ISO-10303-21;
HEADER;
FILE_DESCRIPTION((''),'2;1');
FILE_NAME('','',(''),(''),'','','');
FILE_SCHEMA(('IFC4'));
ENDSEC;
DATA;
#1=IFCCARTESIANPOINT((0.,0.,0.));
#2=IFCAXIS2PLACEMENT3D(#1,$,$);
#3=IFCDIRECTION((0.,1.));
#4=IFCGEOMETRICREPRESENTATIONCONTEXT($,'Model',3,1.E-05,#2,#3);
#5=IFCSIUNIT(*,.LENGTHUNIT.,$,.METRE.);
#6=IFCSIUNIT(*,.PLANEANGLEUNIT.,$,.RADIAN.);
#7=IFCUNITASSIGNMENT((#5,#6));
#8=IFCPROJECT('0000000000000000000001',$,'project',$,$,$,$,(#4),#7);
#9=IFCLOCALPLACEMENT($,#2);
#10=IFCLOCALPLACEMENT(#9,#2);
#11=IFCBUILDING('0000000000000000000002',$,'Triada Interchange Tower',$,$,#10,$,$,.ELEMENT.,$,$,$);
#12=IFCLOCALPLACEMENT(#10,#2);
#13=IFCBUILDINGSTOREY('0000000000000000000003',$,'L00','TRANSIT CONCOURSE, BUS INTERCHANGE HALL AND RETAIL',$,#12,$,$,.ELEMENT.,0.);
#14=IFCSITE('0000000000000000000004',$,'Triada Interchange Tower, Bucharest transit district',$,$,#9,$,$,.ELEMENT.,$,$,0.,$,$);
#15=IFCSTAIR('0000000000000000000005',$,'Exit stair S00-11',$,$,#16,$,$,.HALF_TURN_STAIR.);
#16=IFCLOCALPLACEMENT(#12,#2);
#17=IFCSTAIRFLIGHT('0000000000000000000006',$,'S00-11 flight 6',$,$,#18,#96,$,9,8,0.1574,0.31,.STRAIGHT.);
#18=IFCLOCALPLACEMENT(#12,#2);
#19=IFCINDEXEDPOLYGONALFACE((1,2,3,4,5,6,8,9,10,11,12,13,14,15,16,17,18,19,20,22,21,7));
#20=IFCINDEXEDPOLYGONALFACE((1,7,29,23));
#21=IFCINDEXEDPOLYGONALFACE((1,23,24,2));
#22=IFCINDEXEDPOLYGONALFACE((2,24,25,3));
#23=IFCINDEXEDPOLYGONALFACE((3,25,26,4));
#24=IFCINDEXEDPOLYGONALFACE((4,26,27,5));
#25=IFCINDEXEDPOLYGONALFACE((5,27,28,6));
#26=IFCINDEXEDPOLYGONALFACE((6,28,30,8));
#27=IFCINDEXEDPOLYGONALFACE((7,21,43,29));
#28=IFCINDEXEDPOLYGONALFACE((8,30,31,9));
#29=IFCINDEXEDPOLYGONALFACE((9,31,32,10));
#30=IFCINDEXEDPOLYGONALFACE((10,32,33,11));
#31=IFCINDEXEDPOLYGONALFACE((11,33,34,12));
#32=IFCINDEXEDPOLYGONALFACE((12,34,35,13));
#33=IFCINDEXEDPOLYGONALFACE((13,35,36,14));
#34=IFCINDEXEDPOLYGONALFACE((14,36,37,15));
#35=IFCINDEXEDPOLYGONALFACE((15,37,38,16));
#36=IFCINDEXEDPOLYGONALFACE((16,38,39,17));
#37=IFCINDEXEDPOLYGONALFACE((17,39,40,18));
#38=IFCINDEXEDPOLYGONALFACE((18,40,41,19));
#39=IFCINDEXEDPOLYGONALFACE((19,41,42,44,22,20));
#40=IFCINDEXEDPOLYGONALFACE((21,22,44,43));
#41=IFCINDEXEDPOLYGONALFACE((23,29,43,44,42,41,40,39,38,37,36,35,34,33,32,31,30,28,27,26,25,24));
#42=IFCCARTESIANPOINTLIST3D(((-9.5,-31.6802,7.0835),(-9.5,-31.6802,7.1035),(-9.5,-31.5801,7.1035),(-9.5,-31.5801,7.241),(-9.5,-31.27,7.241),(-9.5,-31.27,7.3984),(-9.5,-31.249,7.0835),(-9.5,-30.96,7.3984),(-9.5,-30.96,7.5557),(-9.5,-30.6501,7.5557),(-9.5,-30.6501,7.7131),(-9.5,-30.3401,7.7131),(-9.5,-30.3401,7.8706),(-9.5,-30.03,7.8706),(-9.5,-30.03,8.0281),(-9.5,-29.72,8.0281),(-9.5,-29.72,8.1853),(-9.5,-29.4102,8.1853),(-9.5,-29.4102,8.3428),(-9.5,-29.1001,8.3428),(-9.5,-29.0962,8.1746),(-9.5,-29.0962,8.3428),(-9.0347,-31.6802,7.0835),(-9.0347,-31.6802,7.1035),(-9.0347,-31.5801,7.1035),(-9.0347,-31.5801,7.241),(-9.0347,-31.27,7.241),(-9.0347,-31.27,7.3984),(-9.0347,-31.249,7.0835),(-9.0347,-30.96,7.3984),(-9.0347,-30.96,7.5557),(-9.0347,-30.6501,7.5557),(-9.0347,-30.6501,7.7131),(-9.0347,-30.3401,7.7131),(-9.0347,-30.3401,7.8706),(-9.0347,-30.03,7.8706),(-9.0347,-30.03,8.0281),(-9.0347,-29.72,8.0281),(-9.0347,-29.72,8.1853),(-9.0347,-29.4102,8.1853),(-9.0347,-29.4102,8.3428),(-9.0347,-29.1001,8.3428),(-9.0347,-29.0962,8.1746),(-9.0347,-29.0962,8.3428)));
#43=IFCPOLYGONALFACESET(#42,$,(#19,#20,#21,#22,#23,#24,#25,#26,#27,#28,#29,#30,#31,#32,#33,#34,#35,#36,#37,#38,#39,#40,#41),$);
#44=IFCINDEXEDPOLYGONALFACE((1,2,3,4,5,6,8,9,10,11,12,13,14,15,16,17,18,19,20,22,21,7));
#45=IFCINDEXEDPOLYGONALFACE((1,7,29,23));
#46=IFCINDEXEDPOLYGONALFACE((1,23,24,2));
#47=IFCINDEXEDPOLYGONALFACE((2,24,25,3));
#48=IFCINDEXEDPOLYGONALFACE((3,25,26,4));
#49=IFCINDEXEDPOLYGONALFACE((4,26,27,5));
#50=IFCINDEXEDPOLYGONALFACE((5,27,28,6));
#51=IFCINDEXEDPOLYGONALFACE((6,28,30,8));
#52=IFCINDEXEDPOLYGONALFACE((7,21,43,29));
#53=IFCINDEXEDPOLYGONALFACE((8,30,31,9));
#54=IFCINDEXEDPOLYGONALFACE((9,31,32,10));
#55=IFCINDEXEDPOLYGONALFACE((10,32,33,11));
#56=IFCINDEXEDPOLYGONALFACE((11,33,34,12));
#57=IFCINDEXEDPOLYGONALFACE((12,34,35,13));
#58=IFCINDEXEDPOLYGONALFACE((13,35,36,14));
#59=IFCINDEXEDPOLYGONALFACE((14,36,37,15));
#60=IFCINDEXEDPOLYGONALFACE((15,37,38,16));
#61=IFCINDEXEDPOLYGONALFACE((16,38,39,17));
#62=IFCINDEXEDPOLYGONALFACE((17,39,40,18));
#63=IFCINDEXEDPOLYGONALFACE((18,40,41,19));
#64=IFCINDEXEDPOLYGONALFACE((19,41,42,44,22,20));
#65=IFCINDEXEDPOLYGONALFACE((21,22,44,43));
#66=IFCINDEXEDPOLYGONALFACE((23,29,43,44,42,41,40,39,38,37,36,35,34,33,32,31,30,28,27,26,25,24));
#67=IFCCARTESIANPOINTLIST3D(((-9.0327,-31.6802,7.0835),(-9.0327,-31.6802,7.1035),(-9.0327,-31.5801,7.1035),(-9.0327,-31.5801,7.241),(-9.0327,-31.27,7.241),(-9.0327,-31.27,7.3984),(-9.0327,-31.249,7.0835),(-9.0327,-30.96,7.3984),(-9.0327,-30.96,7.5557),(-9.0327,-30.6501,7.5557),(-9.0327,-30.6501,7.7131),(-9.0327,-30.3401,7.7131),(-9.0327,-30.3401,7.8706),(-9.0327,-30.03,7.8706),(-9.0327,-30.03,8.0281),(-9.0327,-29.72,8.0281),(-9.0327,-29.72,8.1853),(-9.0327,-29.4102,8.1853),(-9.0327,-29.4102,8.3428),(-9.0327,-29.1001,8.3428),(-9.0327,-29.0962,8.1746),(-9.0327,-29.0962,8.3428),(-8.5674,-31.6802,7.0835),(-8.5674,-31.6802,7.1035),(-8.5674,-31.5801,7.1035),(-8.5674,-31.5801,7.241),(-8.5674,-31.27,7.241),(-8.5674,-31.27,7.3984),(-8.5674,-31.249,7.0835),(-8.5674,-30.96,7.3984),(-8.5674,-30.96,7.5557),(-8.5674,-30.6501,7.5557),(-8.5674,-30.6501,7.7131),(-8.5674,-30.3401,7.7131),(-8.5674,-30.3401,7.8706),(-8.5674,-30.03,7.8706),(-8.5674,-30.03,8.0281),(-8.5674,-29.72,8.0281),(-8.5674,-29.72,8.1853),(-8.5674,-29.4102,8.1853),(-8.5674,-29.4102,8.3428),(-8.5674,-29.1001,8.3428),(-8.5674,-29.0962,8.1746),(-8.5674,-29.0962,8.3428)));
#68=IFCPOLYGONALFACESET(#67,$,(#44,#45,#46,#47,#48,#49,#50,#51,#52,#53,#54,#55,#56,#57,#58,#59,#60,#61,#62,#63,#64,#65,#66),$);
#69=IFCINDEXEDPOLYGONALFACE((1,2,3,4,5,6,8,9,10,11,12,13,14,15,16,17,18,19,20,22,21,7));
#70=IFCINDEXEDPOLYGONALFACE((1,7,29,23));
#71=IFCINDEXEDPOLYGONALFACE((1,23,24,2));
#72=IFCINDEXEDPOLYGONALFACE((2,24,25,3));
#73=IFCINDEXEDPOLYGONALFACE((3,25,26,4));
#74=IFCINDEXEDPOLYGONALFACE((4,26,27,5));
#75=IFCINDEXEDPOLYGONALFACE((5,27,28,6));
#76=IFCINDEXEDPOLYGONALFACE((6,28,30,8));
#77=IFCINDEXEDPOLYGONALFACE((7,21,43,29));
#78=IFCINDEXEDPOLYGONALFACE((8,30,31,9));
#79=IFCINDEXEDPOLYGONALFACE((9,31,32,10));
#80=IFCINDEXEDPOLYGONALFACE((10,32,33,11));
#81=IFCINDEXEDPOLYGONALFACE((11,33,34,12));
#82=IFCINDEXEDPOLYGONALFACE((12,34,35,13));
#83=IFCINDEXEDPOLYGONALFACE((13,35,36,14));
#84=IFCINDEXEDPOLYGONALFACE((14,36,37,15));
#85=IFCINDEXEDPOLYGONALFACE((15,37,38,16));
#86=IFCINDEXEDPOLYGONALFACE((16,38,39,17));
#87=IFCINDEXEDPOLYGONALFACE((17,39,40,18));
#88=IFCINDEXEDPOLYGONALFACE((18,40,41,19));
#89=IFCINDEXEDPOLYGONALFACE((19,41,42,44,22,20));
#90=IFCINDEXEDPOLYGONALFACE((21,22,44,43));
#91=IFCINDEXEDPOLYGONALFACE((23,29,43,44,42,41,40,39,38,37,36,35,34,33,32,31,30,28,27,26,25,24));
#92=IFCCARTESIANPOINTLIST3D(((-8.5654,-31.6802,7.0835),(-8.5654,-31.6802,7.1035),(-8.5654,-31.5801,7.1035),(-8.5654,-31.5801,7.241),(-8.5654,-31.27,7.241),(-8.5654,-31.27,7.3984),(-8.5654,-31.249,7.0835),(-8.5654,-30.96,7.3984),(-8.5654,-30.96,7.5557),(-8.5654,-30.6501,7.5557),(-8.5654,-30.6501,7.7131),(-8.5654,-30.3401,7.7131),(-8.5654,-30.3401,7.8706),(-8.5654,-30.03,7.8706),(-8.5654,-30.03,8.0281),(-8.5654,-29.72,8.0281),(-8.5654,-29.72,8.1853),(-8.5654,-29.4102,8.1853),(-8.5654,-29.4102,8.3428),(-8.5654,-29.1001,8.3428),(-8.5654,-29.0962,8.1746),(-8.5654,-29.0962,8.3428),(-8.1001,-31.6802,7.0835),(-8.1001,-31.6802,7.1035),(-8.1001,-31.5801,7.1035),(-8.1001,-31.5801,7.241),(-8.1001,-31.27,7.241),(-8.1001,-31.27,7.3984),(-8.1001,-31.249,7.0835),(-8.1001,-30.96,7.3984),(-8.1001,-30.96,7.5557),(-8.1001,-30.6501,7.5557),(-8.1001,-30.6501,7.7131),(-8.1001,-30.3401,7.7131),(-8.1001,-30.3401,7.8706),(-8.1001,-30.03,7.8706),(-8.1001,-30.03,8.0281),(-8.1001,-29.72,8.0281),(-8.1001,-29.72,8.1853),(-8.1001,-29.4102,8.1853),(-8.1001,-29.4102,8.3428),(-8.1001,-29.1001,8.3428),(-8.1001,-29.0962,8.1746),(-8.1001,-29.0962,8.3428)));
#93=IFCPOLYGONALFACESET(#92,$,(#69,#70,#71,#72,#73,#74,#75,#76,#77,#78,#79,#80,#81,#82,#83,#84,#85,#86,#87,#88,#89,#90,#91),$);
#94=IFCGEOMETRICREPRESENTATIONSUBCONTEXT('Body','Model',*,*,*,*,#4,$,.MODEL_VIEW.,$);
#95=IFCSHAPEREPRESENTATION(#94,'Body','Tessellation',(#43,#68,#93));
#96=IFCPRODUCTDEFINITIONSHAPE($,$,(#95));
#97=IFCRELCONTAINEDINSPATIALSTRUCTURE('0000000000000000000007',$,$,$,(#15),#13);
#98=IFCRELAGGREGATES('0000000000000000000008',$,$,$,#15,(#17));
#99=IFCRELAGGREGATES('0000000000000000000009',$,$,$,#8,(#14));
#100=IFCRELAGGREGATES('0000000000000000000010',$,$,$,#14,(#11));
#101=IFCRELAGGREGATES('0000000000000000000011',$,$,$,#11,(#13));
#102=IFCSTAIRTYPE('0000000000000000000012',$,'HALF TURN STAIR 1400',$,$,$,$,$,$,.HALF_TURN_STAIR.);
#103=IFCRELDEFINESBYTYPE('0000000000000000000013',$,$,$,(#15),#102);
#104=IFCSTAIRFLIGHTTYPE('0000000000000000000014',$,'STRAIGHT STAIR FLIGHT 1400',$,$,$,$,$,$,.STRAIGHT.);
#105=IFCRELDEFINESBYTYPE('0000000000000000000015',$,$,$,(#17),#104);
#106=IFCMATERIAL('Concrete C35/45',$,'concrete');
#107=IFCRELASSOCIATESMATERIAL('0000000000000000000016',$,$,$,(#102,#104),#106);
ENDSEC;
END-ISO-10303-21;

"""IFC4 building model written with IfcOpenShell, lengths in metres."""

from ifc_helpers import new_model, si_unit, direction, frame, origin, place, context, subcontext, project, spatial, polyline, outline, extrude, material, type_object, element, aggregate, save


model = new_model("IFC4")

# Units and contexts
model_context = context("Model", 3, precision=1e-05, world=origin(), true_north=direction((0.0, 1.0)))
body_context = subcontext(model_context, "Body", "Model", "MODEL_VIEW")
ifc_project = project(units=[si_unit("LENGTHUNIT", "METRE"), si_unit("PLANEANGLEUNIT", "RADIAN")], contexts=[model_context])

# Site, building, storey
site_placement = place(None, origin())
site = spatial("IfcSite", under=ifc_project, at=site_placement, Name="Triada Interchange Tower, Bucharest transit district", CompositionType="ELEMENT", RefElevation=0.0)
building_placement = place(site_placement, origin())
building = spatial("IfcBuilding", under=site, at=building_placement, Name="Triada Interchange Tower", CompositionType="ELEMENT")
storey_placement = place(building_placement, origin())
storey = spatial("IfcBuildingStorey", under=building, at=storey_placement, Name="L00", Description="TRANSIT CONCOURSE, BUS INTERCHANGE HALL AND RETAIL", CompositionType="ELEMENT", Elevation=0.0)

# Shared definitions
ifc_material_1 = material(Name="Concrete C35/45", Category="concrete")

# Stair, stair flight
stair_type = type_object("IfcStairType", Name="HALF TURN STAIR 1400", PredefinedType="HALF_TURN_STAIR", material=ifc_material_1)
stair_flight_type = type_object("IfcStairFlightType", Name="STRAIGHT STAIR FLIGHT 1400", PredefinedType="STRAIGHT", material=ifc_material_1)
stair_1_placement = place(storey_placement, origin())
stair_1 = element("IfcStair", 1, at=stair_1_placement, inside=storey, type_object=stair_type, Name="Exit stair S00-11", PredefinedType="HALF_TURN_STAIR")
stair_flight_1_placement = place(storey_placement, frame((-8.8, -31.5801, 7.0835), z_axis=(0.0, 0.0, 1.0), x_axis=(0.0, 1.0, 0.0)))
stair_flight_1 = element("IfcStairFlight", 2, at=stair_flight_1_placement, type_object=stair_flight_type, Name="S00-11 flight 6", NumberOfRisers=9, NumberOfTreads=8, PredefinedType="STRAIGHT", RiserHeight=0.1574, TreadLength=0.31, context=body_context, shape_type="SweptSolid", body=[
    extrude(outline(polyline([(-0.1001, 0.0), (-0.1001, 0.02), (0.0, 0.02), (0.0, 0.1575), (0.3101, 0.1575), (0.3101, 0.3149), (0.6201, 0.3149), (0.6201, 0.4722), (0.9299, 0.4722), (0.9299, 0.6296), (1.24, 0.6296), (1.24, 0.7871), (1.55, 0.7871), (1.55, 0.9446), (1.8601, 0.9446), (1.8601, 1.1018), (2.1699, 1.1018), (2.1699, 1.2593), (2.48, 1.2593), (2.4839, 1.2593), (2.4839, 1.4167), (2.4839, 1.0911), (0.3311, 0.0), (-0.1001, 0.0)])), frame((0.0, 0.7, 0.0), z_axis=(0.0, -1.0, 0.0), x_axis=(1.0, 0.0, 0.0)), (0.0, 0.0, 1.0), 0.4653),
    extrude(outline(polyline([(-0.1001, 0.0), (-0.1001, 0.02), (0.0, 0.02), (0.0, 0.1575), (0.3101, 0.1575), (0.3101, 0.3149), (0.6201, 0.3149), (0.6201, 0.4722), (0.9299, 0.4722), (0.9299, 0.6296), (1.24, 0.6296), (1.24, 0.7871), (1.55, 0.7871), (1.55, 0.9446), (1.8601, 0.9446), (1.8601, 1.1018), (2.1699, 1.1018), (2.1699, 1.2593), (2.48, 1.2593), (2.4839, 1.2593), (2.4839, 1.4167), (2.4839, 1.0911), (0.3311, 0.0), (-0.1001, 0.0)])), frame((0.0, 0.2327, 0.0), z_axis=(0.0, -1.0, 0.0), x_axis=(1.0, 0.0, 0.0)), (0.0, 0.0, 1.0), 0.4653),
    extrude(outline(polyline([(-0.1001, 0.0), (-0.1001, 0.02), (0.0, 0.02), (0.0, 0.1575), (0.3101, 0.1575), (0.3101, 0.3149), (0.6201, 0.3149), (0.6201, 0.4722), (0.9299, 0.4722), (0.9299, 0.6296), (1.24, 0.6296), (1.24, 0.7871), (1.55, 0.7871), (1.55, 0.9446), (1.8601, 0.9446), (1.8601, 1.1018), (2.1699, 1.1018), (2.1699, 1.2593), (2.48, 1.2593), (2.4839, 1.2593), (2.4839, 1.4167), (2.4839, 1.0911), (0.3311, 0.0), (-0.1001, 0.0)])), frame((0.0, -0.2346, 0.0), z_axis=(0.0, -1.0, 0.0), x_axis=(1.0, 0.0, 0.0)), (0.0, 0.0, 1.0), 0.4653),
])

aggregate(stair_1, [stair_flight_1])

save(model, "model.ifc")
